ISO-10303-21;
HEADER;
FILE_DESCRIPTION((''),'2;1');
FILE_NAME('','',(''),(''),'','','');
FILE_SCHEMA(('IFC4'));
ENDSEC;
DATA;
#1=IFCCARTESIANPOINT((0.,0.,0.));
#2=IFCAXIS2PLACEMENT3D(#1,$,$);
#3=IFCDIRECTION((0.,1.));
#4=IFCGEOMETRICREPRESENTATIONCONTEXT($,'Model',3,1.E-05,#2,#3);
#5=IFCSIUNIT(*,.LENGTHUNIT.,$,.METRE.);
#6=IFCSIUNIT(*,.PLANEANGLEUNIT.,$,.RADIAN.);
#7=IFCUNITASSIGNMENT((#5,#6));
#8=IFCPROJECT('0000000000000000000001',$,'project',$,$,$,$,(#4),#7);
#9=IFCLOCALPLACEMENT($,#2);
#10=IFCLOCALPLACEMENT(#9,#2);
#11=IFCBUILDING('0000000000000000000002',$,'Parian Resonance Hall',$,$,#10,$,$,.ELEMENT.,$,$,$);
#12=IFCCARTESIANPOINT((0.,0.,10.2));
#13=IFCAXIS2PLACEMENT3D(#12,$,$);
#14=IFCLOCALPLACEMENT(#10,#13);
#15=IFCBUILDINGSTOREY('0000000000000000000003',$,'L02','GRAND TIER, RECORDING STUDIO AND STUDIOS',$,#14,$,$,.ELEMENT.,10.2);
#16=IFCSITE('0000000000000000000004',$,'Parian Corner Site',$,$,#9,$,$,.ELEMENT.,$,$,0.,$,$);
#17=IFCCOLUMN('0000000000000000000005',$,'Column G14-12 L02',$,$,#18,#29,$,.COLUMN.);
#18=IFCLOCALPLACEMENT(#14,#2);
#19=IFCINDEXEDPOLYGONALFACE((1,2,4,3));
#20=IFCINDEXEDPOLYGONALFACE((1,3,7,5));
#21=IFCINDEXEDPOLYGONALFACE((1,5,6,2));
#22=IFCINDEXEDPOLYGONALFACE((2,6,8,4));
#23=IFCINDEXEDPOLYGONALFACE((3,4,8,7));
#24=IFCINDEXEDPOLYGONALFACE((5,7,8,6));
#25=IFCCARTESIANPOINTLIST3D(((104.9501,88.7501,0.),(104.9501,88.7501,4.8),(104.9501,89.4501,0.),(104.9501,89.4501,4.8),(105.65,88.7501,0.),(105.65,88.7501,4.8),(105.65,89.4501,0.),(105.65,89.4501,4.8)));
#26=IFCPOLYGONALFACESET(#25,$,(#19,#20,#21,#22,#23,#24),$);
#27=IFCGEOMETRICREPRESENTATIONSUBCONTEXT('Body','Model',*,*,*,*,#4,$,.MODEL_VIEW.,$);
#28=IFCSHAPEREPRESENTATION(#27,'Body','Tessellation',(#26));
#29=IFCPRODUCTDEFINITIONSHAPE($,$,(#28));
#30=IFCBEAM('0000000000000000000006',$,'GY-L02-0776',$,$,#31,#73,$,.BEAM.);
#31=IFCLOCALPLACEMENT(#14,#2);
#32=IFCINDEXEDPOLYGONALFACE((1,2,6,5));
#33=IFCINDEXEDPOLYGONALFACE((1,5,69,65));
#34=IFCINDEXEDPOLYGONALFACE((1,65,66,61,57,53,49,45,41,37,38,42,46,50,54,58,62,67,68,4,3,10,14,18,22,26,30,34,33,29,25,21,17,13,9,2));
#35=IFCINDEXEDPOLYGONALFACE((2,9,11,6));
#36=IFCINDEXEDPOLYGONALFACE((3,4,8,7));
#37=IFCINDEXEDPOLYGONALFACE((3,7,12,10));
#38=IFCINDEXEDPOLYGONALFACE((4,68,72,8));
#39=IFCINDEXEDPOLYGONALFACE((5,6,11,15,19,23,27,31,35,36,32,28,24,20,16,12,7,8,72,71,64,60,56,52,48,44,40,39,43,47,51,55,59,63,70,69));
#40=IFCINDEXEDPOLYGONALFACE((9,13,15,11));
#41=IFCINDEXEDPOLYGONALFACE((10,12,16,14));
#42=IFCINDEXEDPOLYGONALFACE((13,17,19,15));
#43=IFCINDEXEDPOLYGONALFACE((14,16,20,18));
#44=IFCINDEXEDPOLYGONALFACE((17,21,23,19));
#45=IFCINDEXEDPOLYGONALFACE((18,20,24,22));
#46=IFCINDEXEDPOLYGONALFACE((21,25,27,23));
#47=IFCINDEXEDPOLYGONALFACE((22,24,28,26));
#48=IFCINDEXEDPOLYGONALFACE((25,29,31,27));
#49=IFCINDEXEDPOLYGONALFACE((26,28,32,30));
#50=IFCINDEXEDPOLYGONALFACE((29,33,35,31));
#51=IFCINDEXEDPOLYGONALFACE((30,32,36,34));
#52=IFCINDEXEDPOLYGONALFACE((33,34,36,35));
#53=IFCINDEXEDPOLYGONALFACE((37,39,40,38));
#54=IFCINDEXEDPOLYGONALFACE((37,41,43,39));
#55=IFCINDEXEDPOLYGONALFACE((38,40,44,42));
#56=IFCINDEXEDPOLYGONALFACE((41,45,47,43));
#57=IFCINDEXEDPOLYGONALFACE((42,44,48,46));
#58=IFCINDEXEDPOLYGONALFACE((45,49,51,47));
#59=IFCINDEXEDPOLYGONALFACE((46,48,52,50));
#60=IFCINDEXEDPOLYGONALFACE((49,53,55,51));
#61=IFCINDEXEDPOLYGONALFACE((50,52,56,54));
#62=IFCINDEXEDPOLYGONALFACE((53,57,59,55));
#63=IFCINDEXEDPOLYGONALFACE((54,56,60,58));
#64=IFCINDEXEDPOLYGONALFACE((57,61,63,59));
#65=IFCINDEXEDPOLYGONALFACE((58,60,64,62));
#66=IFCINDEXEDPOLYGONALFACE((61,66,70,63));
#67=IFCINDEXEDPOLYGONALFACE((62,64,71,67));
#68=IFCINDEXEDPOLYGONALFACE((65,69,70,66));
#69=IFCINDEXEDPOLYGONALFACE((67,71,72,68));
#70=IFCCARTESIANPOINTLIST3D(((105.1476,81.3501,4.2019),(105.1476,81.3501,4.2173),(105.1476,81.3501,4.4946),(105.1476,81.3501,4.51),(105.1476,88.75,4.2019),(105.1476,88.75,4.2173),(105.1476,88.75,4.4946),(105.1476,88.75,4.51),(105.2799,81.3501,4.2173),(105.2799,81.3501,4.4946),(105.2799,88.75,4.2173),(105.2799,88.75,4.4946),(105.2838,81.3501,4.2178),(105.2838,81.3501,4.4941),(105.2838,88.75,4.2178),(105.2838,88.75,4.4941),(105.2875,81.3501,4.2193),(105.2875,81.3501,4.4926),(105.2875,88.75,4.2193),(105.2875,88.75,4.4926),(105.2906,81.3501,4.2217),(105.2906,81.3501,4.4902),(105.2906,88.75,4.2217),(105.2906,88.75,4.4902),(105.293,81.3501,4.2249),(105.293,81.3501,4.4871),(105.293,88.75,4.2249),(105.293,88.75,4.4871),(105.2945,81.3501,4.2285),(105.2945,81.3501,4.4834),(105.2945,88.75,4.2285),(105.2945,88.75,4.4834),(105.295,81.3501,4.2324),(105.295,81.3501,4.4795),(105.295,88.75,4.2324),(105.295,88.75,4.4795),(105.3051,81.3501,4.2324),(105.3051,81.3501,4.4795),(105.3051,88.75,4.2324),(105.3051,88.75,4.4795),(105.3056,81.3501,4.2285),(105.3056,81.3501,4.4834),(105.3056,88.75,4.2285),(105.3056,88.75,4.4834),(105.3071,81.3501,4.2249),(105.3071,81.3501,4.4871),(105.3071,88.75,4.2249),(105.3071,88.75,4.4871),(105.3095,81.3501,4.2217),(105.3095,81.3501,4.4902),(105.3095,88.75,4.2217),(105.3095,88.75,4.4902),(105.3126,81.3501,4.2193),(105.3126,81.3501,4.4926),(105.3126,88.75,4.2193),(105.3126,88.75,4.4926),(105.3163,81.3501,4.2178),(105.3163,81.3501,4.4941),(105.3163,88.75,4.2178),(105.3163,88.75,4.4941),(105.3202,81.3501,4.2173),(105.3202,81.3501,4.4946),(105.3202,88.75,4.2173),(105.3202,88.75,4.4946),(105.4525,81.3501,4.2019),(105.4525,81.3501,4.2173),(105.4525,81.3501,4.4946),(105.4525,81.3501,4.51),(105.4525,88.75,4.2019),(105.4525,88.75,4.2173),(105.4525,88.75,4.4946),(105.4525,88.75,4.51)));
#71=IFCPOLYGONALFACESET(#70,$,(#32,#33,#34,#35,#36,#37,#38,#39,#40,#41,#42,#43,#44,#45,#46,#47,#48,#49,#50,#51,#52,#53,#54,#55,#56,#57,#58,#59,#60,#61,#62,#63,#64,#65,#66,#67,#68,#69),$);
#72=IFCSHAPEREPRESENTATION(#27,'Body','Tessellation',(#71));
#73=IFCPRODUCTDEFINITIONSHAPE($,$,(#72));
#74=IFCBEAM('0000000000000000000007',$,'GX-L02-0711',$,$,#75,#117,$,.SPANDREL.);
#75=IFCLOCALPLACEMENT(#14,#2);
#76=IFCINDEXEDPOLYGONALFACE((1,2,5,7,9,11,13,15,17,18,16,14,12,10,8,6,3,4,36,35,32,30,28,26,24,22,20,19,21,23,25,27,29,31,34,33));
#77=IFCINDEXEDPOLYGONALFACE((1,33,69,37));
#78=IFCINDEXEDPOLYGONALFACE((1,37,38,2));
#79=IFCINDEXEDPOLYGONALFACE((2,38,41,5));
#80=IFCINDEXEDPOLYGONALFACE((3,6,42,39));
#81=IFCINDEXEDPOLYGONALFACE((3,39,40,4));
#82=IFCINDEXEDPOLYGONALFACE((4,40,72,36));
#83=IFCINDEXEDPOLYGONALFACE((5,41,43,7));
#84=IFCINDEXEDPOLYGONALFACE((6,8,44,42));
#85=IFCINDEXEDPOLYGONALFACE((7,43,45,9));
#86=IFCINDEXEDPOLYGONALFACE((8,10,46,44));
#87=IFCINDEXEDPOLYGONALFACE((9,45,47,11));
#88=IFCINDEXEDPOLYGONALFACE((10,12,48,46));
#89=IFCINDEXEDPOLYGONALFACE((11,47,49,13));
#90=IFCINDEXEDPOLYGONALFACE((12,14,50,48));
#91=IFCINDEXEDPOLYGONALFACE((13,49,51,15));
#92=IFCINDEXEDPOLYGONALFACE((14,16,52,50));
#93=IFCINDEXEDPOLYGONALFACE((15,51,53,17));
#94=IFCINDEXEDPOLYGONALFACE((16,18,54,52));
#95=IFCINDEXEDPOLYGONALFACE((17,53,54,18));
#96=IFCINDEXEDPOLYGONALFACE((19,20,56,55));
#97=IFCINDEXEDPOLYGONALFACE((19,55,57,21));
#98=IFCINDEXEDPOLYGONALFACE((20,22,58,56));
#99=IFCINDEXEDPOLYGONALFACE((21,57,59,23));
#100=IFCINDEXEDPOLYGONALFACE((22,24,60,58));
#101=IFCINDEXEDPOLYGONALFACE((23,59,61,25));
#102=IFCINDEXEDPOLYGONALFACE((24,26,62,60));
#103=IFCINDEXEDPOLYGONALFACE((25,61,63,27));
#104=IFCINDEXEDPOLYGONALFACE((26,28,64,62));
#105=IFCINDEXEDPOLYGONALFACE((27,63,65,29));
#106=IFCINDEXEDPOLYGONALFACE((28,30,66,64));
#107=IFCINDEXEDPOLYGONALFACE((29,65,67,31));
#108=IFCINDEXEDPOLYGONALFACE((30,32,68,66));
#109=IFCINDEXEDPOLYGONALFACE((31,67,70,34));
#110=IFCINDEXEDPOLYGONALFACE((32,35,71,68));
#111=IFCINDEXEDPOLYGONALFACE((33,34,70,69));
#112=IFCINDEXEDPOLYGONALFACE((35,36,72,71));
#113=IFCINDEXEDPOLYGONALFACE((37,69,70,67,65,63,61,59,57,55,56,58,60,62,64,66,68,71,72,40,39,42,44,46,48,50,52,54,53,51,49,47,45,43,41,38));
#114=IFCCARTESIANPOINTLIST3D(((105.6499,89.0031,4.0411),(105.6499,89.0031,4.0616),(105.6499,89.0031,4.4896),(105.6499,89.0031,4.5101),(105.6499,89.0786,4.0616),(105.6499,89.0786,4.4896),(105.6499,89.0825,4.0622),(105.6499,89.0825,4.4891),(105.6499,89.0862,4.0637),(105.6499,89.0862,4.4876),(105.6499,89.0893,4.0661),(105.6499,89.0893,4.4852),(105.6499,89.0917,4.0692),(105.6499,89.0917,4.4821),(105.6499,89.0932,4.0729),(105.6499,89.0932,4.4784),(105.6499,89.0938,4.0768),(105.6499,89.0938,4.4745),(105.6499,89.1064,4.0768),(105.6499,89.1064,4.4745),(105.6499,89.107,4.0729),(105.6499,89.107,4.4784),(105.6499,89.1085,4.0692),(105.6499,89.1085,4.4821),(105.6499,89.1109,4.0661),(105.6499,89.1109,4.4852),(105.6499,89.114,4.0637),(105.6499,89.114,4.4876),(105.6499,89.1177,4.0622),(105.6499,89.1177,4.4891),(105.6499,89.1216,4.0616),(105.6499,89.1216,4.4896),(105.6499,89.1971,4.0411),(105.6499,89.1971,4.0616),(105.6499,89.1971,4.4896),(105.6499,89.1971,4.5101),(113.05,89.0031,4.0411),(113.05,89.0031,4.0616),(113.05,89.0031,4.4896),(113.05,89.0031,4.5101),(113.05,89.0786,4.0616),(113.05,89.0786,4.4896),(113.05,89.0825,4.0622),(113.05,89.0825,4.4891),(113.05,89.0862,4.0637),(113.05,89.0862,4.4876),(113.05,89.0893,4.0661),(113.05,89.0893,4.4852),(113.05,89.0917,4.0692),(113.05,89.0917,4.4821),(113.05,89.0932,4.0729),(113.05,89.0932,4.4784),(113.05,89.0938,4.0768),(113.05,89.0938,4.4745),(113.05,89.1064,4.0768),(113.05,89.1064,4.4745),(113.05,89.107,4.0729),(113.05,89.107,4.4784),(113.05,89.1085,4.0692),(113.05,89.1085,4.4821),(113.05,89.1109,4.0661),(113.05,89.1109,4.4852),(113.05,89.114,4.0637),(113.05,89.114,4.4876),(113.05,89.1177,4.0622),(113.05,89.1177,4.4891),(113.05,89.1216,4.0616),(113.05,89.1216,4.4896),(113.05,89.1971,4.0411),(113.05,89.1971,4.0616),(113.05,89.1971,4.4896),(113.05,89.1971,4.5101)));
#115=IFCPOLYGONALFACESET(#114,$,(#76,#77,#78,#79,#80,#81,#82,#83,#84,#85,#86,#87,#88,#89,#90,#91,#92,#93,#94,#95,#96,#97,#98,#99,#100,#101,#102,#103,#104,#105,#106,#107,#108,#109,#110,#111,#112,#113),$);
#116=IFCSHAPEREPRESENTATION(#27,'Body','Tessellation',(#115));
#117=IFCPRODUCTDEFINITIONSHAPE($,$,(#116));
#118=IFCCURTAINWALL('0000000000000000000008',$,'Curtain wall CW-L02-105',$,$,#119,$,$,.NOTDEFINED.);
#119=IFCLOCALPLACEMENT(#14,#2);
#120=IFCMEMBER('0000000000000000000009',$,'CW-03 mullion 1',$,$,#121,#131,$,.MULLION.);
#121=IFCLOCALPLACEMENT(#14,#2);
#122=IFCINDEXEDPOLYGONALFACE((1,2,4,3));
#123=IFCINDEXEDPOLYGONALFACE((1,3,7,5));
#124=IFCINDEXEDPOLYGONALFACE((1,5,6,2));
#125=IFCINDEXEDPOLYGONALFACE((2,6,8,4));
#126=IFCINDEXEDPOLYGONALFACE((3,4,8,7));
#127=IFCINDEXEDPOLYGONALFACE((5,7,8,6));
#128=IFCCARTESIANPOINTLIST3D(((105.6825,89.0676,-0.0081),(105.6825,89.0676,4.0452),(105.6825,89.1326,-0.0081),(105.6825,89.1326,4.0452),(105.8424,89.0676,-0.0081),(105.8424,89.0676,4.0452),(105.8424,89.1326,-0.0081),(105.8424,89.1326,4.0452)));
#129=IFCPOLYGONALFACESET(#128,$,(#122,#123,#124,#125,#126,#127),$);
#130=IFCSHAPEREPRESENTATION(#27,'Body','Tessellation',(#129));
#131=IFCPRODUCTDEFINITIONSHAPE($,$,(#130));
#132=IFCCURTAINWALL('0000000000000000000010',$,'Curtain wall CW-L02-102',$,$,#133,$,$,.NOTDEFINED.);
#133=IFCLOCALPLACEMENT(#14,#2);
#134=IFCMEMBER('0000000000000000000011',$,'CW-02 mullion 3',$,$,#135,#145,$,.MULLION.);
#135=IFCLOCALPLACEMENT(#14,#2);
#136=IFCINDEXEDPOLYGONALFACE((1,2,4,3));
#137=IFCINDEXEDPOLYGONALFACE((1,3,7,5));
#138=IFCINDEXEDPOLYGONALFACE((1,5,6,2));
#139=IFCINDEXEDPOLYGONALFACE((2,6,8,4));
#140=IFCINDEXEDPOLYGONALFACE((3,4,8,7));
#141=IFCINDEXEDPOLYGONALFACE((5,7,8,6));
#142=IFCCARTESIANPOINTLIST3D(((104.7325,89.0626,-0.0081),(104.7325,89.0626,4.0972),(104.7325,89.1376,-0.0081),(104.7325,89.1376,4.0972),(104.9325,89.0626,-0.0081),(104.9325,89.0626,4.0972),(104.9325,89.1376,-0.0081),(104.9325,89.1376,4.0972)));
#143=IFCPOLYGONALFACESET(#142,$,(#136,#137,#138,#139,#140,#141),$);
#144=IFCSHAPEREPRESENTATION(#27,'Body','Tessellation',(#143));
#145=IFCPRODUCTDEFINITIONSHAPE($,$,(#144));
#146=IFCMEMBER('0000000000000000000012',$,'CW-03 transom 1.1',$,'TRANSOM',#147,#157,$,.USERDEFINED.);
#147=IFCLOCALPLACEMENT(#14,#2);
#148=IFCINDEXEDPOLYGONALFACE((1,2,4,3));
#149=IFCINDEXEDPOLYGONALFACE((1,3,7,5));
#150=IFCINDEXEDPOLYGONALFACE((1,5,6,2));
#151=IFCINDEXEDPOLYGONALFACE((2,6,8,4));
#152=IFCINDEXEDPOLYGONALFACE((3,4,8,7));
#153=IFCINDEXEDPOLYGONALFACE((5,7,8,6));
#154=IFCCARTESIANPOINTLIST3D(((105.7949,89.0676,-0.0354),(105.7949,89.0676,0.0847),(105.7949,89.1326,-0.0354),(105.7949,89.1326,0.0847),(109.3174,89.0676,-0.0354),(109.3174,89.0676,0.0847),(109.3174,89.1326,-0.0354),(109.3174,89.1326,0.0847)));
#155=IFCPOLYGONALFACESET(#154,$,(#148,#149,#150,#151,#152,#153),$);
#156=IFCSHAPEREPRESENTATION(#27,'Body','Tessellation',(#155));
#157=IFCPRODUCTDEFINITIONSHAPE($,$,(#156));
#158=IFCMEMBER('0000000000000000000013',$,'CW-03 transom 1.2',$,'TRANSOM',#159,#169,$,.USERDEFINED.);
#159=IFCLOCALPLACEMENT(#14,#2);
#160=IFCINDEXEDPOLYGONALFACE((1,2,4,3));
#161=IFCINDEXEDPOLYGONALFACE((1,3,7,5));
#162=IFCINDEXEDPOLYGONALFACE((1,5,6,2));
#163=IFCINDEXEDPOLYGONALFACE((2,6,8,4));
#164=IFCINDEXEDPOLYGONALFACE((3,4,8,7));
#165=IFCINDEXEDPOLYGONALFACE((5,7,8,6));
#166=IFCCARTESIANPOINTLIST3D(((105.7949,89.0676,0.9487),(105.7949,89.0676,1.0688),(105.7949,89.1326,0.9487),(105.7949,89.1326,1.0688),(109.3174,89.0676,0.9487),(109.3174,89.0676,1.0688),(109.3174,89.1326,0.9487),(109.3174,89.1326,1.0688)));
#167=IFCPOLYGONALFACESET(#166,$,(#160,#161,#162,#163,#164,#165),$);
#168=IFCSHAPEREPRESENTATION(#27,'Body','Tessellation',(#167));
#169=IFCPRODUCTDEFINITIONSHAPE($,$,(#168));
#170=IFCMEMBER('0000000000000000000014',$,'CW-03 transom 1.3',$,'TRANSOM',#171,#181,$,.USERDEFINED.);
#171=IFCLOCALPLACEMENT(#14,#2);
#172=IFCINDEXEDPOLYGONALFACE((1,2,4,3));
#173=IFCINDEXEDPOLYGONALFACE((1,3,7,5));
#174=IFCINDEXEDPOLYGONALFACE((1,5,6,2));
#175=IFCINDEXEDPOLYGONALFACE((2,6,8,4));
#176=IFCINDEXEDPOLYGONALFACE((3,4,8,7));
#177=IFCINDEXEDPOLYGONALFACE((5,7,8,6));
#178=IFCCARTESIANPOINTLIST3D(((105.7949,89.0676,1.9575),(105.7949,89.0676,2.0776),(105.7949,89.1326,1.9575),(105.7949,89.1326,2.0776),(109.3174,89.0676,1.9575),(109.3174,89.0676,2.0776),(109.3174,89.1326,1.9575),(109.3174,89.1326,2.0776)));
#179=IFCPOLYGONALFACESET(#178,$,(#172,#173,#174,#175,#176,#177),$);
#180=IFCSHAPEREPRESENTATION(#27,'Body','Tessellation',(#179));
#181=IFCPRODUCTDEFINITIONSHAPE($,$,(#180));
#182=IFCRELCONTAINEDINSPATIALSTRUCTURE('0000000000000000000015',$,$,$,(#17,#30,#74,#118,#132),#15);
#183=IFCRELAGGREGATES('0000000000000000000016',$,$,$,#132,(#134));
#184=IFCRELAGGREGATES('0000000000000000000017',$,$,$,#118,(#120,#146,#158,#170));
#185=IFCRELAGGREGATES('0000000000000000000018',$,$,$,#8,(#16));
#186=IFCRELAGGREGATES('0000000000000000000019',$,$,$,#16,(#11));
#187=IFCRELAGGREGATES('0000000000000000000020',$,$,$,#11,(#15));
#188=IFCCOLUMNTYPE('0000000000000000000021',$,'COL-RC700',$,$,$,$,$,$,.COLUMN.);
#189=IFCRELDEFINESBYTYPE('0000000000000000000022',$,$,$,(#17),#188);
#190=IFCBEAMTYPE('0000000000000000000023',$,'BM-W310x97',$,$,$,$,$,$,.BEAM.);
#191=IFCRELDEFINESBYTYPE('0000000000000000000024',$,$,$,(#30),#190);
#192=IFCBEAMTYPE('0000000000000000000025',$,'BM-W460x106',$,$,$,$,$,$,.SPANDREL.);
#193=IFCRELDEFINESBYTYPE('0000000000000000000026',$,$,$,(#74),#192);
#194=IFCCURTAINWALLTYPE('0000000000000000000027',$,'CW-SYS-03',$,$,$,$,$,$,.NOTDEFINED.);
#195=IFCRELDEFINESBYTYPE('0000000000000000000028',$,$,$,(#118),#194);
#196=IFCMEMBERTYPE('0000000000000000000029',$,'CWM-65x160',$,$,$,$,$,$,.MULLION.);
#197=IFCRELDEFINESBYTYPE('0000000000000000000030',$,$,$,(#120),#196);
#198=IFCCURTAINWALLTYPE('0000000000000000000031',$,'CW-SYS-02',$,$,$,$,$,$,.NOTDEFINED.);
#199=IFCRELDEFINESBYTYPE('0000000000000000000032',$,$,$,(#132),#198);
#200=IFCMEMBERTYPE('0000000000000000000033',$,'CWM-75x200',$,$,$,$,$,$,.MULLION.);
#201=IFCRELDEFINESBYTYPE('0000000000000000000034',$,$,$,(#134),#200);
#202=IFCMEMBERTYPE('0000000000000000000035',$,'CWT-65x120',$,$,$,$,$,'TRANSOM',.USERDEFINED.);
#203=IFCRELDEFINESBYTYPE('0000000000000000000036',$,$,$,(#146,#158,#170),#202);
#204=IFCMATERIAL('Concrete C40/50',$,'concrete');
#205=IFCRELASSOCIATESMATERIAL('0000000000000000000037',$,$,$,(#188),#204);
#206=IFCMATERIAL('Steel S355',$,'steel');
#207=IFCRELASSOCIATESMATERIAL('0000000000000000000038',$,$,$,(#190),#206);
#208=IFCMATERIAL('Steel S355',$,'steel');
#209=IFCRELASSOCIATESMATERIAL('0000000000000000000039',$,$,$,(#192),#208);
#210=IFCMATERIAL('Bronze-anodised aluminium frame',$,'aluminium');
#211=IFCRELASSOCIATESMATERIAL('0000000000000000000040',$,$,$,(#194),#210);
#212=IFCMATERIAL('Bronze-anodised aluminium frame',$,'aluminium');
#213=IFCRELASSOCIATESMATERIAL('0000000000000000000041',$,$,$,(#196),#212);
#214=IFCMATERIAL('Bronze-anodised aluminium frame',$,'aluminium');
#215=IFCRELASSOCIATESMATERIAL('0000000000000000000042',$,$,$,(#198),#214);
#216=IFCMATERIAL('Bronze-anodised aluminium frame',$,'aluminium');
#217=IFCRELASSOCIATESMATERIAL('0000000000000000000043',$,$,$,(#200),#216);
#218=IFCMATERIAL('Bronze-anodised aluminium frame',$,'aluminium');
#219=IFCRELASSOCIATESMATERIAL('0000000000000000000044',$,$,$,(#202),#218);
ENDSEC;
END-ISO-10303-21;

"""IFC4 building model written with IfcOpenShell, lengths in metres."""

from ifc_helpers import new_model, si_unit, direction, frame, origin, origin_2d, place, context, subcontext, project, spatial, rectangle, i_section, extrude, material, material_profile, profile_set, type_object, element, aggregate, save


model = new_model("IFC4")

# Units and contexts
model_context = context("Model", 3, precision=1e-05, world=origin(), true_north=direction((0.0, 1.0)))
body_context = subcontext(model_context, "Body", "Model", "MODEL_VIEW")
ifc_project = project(units=[si_unit("LENGTHUNIT", "METRE"), si_unit("PLANEANGLEUNIT", "RADIAN")], contexts=[model_context])

# Site, building, storey
site_placement = place(None, origin())
site = spatial("IfcSite", under=ifc_project, at=site_placement, Name="Parian Corner Site", CompositionType="ELEMENT", RefElevation=0.0)
building_placement = place(site_placement, origin())
building = spatial("IfcBuilding", under=site, at=building_placement, Name="Parian Resonance Hall", CompositionType="ELEMENT")
storey_placement = place(building_placement, frame((0.0, 0.0, 10.2)))
storey = spatial("IfcBuildingStorey", under=building, at=storey_placement, Name="L02", Description="GRAND TIER, RECORDING STUDIO AND STUDIOS", CompositionType="ELEMENT", Elevation=10.2)

# Column
ifc_material_1 = material(Name="Concrete C40/50", Category="concrete")
ifc_material_profile_1 = material_profile(ifc_material_1, rectangle(XDim=0.7, YDim=0.7, at=origin_2d()), Name="RC-COL-700x700")
ifc_profile_set_1 = profile_set([ifc_material_profile_1], Name="Concrete C40/50")
column_type = type_object("IfcColumnType", Name="COL-RC700", PredefinedType="COLUMN", material=ifc_profile_set_1)
column_placement = place(storey_placement, frame((105.3, 89.1001, 0.0), z_axis=(0.0, 0.0, 1.0), x_axis=(1.0, 0.0, 0.0)))
element("IfcColumn", 1, at=column_placement, inside=storey, type_object=column_type, Name="Column G14-12 L02", PredefinedType="COLUMN", context=body_context, shape_type="SweptSolid", body=[
    extrude(rectangle(XDim=0.7, YDim=0.7, at=origin_2d()), origin(), (0.0, 0.0, 1.0), 4.8),
])

# Beams
ifc_material_2 = material(Name="Steel S355", Category="steel")
ifc_material_profile_2 = material_profile(ifc_material_2, i_section(OverallWidth=0.3049, OverallDepth=0.3081, WebThickness=0.01, FlangeThickness=0.0154, FilletRadius=0.0151, at=origin_2d()), Name="W310x97")
ifc_profile_set_2 = profile_set([ifc_material_profile_2], Name="Steel S355")
beam_type_1 = type_object("IfcBeamType", Name="BM-W310x97", PredefinedType="BEAM", material=ifc_profile_set_2)
beam_1_placement = place(storey_placement, frame((105.3, 81.3501, 4.356), z_axis=(0.0, 1.0, 0.0), x_axis=(-1.0, 0.0, 0.0)))
element("IfcBeam", 2, at=beam_1_placement, inside=storey, type_object=beam_type_1, Name="GY-L02-0776", PredefinedType="BEAM", context=body_context, shape_type="SweptSolid", body=[
    extrude(i_section(OverallWidth=0.3049, OverallDepth=0.3081, WebThickness=0.01, FlangeThickness=0.0154, FilletRadius=0.0151, at=origin_2d()), origin(), (0.0, 0.0, 1.0), 7.3999),
])
ifc_material_3 = material(Name="Steel S355", Category="steel")
ifc_material_profile_3 = material_profile(ifc_material_3, i_section(OverallWidth=0.1941, OverallDepth=0.469, WebThickness=0.0127, FlangeThickness=0.0205, FilletRadius=0.0151, at=origin_2d()), Name="W460x106")
ifc_profile_set_3 = profile_set([ifc_material_profile_3], Name="Steel S355")
beam_type_2 = type_object("IfcBeamType", Name="BM-W460x106", PredefinedType="SPANDREL", material=ifc_profile_set_3)
beam_2_placement = place(storey_placement, frame((105.6499, 89.1001, 4.2756), z_axis=(1.0, 0.0, 0.0), x_axis=(0.0, 1.0, 0.0)))
element("IfcBeam", 3, at=beam_2_placement, inside=storey, type_object=beam_type_2, Name="GX-L02-0711", PredefinedType="SPANDREL", context=body_context, shape_type="SweptSolid", body=[
    extrude(i_section(OverallWidth=0.1941, OverallDepth=0.469, WebThickness=0.0127, FlangeThickness=0.0205, FilletRadius=0.0151, at=origin_2d()), origin(), (0.0, 0.0, 1.0), 7.4001),
])

# Curtain walls, members
ifc_material_4 = material(Name="Bronze-anodised aluminium frame", Category="aluminium")
curtain_wall_type_1 = type_object("IfcCurtainWallType", Name="CW-SYS-03", PredefinedType="NOTDEFINED", material=ifc_material_4)
curtain_wall_1_placement = place(storey_placement, origin())
curtain_wall_1 = element("IfcCurtainWall", 4, at=curtain_wall_1_placement, inside=storey, type_object=curtain_wall_type_1, Name="Curtain wall CW-L02-105", PredefinedType="NOTDEFINED")
ifc_material_5 = material(Name="Bronze-anodised aluminium frame", Category="aluminium")
ifc_material_profile_4 = material_profile(ifc_material_5, rectangle(XDim=0.0649, YDim=0.1599, at=origin_2d()), Name="CWM-65x160")
ifc_profile_set_4 = profile_set([ifc_material_profile_4], Name="Bronze-anodised aluminium frame")
member_type_1 = type_object("IfcMemberType", Name="CWM-65x160", PredefinedType="MULLION", material=ifc_profile_set_4)
member_1_placement = place(storey_placement, frame((105.7625, 89.1001, -0.0081), z_axis=(0.0, 0.0, 1.0), x_axis=(0.0, 1.0, 0.0)))
member_1 = element("IfcMember", 5, at=member_1_placement, type_object=member_type_1, Name="CW-03 mullion 1", PredefinedType="MULLION", context=body_context, shape_type="SweptSolid", body=[
    extrude(rectangle(XDim=0.0649, YDim=0.1599, at=origin_2d()), origin(), (0.0, 0.0, 1.0), 4.0532),
])
ifc_material_6 = material(Name="Bronze-anodised aluminium frame", Category="aluminium")
curtain_wall_type_2 = type_object("IfcCurtainWallType", Name="CW-SYS-02", PredefinedType="NOTDEFINED", material=ifc_material_6)
curtain_wall_2_placement = place(storey_placement, origin())
curtain_wall_2 = element("IfcCurtainWall", 6, at=curtain_wall_2_placement, inside=storey, type_object=curtain_wall_type_2, Name="Curtain wall CW-L02-102", PredefinedType="NOTDEFINED")
ifc_material_7 = material(Name="Bronze-anodised aluminium frame", Category="aluminium")
ifc_material_profile_5 = material_profile(ifc_material_7, rectangle(XDim=0.075, YDim=0.2, at=origin_2d()), Name="CWM-75x200")
ifc_profile_set_5 = profile_set([ifc_material_profile_5], Name="Bronze-anodised aluminium frame")
member_type_2 = type_object("IfcMemberType", Name="CWM-75x200", PredefinedType="MULLION", material=ifc_profile_set_5)
member_2_placement = place(storey_placement, frame((104.8325, 89.1001, -0.0081), z_axis=(0.0, 0.0, 1.0), x_axis=(0.0, 1.0, 0.0)))
member_2 = element("IfcMember", 7, at=member_2_placement, type_object=member_type_2, Name="CW-02 mullion 3", PredefinedType="MULLION", context=body_context, shape_type="SweptSolid", body=[
    extrude(rectangle(XDim=0.075, YDim=0.2, at=origin_2d()), origin(), (0.0, 0.0, 1.0), 4.1052),
])

# Members
ifc_material_8 = material(Name="Bronze-anodised aluminium frame", Category="aluminium")
ifc_material_profile_6 = material_profile(ifc_material_8, rectangle(XDim=0.0649, YDim=0.1201, at=origin_2d()), Name="CWT-65x120")
ifc_profile_set_6 = profile_set([ifc_material_profile_6], Name="Bronze-anodised aluminium frame")
member_type_3 = type_object("IfcMemberType", Name="CWT-65x120", ElementType="TRANSOM", PredefinedType="USERDEFINED", material=ifc_profile_set_6)
member_3_placement = place(storey_placement, frame((105.7949, 89.1001, 0.0247), z_axis=(1.0, 0.0, 0.0), x_axis=(0.0, 1.0, 0.0)))
member_3 = element("IfcMember", 8, at=member_3_placement, type_object=member_type_3, Name="CW-03 transom 1.1", ObjectType="TRANSOM", PredefinedType="USERDEFINED", context=body_context, shape_type="SweptSolid", body=[
    extrude(rectangle(XDim=0.0649, YDim=0.1201, at=origin_2d()), origin(), (0.0, 0.0, 1.0), 3.5225),
])
member_4_placement = place(storey_placement, frame((105.7949, 89.1001, 1.0088), z_axis=(1.0, 0.0, 0.0), x_axis=(0.0, 1.0, 0.0)))
member_4 = element("IfcMember", 9, at=member_4_placement, type_object=member_type_3, Name="CW-03 transom 1.2", ObjectType="TRANSOM", PredefinedType="USERDEFINED", context=body_context, shape_type="SweptSolid", body=[
    extrude(rectangle(XDim=0.0649, YDim=0.1201, at=origin_2d()), origin(), (0.0, 0.0, 1.0), 3.5225),
])
member_5_placement = place(storey_placement, frame((105.7949, 89.1001, 2.0176), z_axis=(1.0, 0.0, 0.0), x_axis=(0.0, 1.0, 0.0)))
member_5 = element("IfcMember", 10, at=member_5_placement, type_object=member_type_3, Name="CW-03 transom 1.3", ObjectType="TRANSOM", PredefinedType="USERDEFINED", context=body_context, shape_type="SweptSolid", body=[
    extrude(rectangle(XDim=0.0649, YDim=0.1201, at=origin_2d()), origin(), (0.0, 0.0, 1.0), 3.5225),
])

aggregate(curtain_wall_2, [member_2])
aggregate(curtain_wall_1, [member_1, member_3, member_4, member_5])

save(model, "model.ifc")
